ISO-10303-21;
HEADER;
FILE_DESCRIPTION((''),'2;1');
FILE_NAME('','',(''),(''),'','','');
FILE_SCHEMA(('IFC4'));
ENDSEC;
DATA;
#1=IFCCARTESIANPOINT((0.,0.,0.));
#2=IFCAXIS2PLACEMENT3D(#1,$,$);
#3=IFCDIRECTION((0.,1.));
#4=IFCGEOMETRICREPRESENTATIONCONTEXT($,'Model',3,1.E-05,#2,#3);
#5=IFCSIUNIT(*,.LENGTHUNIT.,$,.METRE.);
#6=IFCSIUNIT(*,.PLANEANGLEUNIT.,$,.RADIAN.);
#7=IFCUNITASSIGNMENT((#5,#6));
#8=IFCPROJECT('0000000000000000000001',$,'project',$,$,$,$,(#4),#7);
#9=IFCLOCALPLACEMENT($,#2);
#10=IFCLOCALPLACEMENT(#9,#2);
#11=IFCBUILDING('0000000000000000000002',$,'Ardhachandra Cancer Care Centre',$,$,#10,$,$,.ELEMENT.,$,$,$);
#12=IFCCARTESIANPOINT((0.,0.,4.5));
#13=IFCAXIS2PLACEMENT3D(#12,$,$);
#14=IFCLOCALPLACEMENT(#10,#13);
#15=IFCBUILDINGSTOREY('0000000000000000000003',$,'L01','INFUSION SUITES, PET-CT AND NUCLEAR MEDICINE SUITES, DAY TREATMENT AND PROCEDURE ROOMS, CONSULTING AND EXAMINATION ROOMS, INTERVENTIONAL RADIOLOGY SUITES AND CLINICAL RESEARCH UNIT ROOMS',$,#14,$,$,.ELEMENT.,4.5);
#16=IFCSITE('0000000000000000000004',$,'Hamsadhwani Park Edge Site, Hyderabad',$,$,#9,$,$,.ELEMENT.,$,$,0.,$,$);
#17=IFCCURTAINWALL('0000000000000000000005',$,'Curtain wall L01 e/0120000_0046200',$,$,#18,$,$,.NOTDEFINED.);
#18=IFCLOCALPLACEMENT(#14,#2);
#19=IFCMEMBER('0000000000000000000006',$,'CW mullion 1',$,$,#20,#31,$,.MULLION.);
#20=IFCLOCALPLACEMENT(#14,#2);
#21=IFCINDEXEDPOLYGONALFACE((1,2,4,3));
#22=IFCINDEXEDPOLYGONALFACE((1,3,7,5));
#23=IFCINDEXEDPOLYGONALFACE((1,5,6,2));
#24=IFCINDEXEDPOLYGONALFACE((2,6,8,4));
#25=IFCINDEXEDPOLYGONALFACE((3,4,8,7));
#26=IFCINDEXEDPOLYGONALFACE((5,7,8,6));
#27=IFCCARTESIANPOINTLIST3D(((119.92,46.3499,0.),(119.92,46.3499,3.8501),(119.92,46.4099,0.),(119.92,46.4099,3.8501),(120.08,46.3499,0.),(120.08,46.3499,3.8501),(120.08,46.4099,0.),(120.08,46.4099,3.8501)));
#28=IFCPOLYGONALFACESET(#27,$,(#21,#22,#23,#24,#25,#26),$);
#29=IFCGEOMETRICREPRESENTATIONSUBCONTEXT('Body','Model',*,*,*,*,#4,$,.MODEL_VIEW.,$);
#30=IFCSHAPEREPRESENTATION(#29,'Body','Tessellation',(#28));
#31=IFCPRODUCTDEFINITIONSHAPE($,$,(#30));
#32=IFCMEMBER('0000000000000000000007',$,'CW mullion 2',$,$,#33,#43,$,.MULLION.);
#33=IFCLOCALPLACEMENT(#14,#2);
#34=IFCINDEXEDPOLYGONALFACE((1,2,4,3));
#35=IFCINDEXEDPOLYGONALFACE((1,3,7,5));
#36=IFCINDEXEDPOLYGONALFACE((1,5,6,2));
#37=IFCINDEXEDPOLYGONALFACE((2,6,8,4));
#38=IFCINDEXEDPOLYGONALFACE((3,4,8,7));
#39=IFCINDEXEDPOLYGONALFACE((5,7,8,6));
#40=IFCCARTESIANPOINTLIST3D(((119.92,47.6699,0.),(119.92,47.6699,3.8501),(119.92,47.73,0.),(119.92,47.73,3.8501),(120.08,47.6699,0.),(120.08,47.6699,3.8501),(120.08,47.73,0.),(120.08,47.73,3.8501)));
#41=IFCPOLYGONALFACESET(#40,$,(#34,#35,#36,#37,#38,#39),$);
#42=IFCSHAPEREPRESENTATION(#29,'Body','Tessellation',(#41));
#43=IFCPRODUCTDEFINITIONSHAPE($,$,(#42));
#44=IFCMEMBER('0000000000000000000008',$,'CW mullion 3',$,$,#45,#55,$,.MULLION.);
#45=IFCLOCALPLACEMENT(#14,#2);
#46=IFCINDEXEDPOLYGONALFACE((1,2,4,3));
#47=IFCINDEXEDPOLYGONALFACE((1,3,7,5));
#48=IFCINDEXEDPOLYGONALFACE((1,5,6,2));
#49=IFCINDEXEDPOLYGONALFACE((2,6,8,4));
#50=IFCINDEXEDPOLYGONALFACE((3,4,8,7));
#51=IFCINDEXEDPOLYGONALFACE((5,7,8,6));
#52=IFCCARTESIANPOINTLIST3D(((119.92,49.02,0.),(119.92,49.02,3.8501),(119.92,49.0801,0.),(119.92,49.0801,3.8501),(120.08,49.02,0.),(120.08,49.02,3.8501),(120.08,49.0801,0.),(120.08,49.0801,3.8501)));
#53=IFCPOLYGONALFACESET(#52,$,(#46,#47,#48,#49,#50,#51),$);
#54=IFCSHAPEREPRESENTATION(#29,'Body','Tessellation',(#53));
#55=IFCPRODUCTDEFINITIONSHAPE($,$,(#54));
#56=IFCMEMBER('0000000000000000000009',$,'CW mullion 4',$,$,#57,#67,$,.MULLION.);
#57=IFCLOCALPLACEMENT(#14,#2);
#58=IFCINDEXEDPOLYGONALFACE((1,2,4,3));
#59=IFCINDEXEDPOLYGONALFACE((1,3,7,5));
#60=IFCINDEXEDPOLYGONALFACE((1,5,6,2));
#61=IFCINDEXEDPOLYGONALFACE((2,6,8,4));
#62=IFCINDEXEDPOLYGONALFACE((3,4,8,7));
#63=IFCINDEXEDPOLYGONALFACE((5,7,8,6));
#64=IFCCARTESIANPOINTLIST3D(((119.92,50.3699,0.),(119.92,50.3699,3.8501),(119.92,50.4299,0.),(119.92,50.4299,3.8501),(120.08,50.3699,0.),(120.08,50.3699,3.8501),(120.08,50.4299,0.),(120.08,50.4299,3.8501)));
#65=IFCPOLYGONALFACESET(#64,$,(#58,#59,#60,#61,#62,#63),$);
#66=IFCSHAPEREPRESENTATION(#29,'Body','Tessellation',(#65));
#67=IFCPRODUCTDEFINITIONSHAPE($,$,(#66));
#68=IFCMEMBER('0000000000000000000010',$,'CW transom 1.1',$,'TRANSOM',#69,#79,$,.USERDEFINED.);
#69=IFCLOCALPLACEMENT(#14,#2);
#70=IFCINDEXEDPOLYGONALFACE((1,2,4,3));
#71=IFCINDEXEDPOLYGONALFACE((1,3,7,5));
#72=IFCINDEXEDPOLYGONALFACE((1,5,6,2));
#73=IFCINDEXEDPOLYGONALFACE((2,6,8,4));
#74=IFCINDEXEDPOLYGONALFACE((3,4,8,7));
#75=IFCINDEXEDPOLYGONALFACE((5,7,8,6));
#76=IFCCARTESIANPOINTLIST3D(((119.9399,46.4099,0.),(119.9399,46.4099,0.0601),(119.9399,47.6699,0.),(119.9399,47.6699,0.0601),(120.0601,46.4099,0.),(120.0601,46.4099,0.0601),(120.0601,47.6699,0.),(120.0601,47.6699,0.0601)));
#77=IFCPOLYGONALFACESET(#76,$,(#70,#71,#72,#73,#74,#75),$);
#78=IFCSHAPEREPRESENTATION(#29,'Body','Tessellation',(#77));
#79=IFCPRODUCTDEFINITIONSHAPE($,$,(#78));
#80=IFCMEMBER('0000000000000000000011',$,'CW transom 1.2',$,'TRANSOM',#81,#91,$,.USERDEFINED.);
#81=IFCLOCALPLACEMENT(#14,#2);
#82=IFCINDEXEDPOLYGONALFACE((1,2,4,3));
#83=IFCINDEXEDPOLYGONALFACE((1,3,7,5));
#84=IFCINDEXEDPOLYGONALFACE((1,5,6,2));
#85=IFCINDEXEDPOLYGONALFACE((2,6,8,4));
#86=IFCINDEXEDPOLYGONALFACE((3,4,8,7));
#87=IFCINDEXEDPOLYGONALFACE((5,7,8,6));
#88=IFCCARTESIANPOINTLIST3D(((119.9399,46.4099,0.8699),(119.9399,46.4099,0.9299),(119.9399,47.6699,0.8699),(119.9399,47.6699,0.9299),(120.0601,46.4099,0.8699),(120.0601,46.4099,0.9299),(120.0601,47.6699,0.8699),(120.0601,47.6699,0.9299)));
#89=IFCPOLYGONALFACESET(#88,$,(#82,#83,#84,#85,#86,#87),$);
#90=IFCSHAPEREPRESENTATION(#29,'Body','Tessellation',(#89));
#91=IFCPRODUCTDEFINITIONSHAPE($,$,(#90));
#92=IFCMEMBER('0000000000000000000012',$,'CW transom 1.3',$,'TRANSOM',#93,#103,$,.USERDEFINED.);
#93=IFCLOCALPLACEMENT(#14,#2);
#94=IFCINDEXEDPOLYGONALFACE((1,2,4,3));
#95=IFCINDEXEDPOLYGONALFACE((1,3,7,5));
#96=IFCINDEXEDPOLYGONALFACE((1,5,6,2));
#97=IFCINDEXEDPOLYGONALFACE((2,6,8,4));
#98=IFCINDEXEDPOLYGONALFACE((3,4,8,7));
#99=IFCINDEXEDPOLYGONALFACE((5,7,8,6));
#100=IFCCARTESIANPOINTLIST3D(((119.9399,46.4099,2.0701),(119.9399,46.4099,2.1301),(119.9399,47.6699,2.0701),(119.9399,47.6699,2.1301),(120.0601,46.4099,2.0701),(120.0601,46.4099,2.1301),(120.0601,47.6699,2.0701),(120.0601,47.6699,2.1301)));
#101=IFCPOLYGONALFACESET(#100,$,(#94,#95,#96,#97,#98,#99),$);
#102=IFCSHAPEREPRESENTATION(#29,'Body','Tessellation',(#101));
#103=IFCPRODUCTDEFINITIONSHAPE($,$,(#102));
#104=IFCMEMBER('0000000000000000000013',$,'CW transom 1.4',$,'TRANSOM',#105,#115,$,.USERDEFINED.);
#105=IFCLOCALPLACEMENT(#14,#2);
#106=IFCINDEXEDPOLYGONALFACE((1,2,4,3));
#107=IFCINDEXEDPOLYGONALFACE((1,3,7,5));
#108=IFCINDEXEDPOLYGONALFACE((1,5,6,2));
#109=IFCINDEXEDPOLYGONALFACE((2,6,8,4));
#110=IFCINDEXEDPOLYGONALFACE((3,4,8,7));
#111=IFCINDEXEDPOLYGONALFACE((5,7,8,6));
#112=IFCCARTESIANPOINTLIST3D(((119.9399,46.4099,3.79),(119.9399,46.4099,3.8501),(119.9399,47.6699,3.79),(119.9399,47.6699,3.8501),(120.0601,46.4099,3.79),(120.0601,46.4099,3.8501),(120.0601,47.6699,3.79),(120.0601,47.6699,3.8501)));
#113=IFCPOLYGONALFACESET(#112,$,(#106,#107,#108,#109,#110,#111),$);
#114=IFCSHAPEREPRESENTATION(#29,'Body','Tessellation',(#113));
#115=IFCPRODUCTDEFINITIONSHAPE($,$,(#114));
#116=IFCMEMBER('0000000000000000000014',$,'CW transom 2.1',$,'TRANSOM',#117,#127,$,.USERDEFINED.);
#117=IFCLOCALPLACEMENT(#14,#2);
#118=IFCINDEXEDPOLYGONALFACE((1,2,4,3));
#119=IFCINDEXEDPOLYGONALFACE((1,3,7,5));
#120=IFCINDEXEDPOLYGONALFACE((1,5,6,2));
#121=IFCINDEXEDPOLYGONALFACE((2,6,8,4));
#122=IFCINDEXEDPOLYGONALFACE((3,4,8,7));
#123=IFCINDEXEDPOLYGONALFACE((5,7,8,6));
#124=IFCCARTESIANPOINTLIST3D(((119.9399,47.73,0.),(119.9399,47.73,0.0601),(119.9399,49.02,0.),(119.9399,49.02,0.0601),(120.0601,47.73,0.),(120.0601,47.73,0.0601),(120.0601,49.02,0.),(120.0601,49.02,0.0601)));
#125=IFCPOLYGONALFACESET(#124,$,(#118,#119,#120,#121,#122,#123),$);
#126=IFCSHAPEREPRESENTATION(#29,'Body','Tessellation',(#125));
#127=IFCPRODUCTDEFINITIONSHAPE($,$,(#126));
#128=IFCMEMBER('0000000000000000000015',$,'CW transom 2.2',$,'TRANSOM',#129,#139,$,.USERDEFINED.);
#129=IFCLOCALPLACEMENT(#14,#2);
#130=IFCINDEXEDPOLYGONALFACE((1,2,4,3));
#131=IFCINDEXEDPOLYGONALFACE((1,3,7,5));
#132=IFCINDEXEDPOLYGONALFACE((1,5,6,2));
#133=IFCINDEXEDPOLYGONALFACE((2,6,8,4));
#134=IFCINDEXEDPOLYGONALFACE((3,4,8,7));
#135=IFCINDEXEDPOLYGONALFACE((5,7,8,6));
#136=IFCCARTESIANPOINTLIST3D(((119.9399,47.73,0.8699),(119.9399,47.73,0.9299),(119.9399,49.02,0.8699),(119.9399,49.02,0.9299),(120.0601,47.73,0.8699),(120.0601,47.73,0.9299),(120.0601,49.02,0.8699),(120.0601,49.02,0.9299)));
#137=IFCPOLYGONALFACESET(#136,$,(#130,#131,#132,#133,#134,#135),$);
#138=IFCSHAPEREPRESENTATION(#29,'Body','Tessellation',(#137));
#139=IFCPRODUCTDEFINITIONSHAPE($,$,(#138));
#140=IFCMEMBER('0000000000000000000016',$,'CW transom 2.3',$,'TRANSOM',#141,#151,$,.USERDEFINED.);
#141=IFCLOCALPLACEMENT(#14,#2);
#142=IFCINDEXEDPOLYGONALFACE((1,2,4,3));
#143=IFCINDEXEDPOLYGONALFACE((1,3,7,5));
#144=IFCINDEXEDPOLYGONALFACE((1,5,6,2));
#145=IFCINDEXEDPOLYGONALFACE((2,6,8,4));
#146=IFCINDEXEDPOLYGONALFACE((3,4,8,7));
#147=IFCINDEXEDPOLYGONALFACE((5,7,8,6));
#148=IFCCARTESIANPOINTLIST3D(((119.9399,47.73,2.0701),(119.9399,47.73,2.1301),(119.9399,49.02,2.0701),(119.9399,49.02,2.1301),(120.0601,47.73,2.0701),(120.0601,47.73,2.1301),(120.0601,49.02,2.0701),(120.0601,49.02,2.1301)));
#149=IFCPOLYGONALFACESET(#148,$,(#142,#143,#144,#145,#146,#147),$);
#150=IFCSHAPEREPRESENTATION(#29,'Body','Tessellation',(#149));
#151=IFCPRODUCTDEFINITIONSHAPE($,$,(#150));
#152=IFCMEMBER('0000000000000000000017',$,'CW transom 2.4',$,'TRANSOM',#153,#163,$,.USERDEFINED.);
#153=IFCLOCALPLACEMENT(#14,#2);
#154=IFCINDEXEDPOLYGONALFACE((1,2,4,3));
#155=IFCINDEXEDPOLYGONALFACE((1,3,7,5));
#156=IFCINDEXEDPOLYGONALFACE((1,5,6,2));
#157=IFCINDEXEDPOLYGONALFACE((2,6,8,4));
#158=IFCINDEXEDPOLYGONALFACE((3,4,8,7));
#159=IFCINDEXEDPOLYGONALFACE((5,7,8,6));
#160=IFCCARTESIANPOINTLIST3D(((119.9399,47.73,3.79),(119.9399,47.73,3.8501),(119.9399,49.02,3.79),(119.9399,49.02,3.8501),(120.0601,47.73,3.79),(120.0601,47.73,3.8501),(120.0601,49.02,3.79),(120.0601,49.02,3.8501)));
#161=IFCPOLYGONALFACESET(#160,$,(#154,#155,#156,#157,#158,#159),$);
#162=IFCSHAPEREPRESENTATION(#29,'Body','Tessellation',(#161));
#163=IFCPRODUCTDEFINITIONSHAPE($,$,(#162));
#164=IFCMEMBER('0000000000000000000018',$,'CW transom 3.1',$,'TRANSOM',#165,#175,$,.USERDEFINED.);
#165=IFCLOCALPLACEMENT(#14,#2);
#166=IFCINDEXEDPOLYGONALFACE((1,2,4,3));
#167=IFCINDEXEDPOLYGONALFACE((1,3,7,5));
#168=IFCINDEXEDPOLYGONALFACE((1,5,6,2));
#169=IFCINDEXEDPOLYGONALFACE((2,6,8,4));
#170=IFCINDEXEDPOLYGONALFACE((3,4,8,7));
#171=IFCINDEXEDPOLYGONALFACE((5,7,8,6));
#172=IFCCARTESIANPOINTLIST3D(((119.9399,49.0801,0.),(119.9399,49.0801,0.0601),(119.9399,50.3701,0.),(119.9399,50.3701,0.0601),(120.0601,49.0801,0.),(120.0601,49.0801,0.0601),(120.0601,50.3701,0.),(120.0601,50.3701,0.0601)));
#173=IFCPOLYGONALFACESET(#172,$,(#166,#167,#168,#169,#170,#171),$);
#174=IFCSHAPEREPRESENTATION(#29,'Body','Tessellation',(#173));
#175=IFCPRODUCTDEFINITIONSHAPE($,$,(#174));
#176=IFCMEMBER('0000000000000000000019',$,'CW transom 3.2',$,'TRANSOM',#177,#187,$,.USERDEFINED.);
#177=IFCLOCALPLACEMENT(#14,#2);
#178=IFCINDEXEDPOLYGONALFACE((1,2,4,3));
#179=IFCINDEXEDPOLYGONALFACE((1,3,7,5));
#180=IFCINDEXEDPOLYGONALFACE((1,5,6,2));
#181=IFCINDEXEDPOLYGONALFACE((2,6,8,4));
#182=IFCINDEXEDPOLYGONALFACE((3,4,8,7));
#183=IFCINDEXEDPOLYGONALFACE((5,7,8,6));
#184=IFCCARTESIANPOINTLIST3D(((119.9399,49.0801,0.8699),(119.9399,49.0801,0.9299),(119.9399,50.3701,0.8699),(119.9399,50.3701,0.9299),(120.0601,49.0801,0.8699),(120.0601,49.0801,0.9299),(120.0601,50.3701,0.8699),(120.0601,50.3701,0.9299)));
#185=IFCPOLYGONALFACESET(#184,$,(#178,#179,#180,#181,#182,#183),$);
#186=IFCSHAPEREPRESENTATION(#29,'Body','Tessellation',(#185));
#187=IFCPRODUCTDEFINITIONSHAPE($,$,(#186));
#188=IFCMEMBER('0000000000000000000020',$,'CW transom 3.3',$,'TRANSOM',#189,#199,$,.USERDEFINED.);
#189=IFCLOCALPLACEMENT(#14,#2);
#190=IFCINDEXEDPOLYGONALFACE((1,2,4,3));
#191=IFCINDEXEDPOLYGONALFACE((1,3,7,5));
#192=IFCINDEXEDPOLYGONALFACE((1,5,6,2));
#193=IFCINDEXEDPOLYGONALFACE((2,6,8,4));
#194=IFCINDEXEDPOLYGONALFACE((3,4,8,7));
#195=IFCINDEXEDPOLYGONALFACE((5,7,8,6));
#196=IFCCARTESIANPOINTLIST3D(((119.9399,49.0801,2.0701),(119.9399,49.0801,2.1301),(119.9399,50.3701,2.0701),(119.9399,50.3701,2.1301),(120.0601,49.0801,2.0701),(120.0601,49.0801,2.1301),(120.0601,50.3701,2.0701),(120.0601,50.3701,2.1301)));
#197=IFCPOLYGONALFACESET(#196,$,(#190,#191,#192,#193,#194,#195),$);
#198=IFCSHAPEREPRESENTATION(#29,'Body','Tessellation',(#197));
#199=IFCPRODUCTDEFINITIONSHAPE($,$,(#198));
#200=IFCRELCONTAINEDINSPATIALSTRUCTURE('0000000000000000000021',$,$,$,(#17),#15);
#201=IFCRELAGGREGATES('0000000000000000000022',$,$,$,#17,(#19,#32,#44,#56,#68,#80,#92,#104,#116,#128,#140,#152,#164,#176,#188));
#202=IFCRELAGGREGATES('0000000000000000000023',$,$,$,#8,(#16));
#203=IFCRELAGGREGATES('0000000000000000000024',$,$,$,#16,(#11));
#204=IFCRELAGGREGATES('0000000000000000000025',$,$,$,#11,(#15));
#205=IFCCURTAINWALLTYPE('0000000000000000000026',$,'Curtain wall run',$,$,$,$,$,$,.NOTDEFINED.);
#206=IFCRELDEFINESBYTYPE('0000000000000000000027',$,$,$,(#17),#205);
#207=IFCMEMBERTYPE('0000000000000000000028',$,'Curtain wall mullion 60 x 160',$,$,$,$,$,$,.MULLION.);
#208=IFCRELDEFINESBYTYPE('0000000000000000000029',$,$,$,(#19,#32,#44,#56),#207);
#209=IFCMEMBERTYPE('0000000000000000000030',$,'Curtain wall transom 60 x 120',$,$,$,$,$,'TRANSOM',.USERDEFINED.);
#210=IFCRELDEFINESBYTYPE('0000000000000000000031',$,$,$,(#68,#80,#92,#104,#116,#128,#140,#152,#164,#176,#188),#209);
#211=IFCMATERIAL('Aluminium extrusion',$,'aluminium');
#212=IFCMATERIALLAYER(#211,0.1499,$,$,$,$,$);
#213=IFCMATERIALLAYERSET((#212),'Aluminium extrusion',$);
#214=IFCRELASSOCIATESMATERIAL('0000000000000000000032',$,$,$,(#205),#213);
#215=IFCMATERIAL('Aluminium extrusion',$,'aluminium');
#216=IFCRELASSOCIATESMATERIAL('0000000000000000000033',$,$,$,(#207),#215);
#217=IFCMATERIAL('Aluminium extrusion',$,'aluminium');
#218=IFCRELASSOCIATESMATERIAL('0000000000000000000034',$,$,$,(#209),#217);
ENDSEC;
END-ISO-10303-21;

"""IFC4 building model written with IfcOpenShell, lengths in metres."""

from ifc_helpers import new_model, si_unit, direction, frame, origin, origin_2d, place, context, subcontext, project, spatial, rectangle, extrude, material, layer, layer_set, material_profile, profile_set, type_object, element, aggregate, save


model = new_model("IFC4")

# Units and contexts
model_context = context("Model", 3, precision=1e-05, world=origin(), true_north=direction((0.0, 1.0)))
body_context = subcontext(model_context, "Body", "Model", "MODEL_VIEW")
ifc_project = project(units=[si_unit("LENGTHUNIT", "METRE"), si_unit("PLANEANGLEUNIT", "RADIAN")], contexts=[model_context])

# Site, building, storey
site_placement = place(None, origin())
site = spatial("IfcSite", under=ifc_project, at=site_placement, Name="Hamsadhwani Park Edge Site, Hyderabad", CompositionType="ELEMENT", RefElevation=0.0)
building_placement = place(site_placement, origin())
building = spatial("IfcBuilding", under=site, at=building_placement, Name="Ardhachandra Cancer Care Centre", CompositionType="ELEMENT")
storey_placement = place(building_placement, frame((0.0, 0.0, 4.5)))
storey = spatial("IfcBuildingStorey", under=building, at=storey_placement, Name="L01", Description="INFUSION SUITES, PET-CT AND NUCLEAR MEDICINE SUITES, DAY TREATMENT AND PROCEDURE ROOMS, CONSULTING AND EXAMINATION ROOMS, INTERVENTIONAL RADIOLOGY SUITES AND CLINICAL RESEARCH UNIT ROOMS", CompositionType="ELEMENT", Elevation=4.5)

# Curtain wall, members
ifc_material_1 = material(Name="Aluminium extrusion", Category="aluminium")
ifc_layer_1 = layer(ifc_material_1, 0.1499)
ifc_layer_set_1 = layer_set([ifc_layer_1], Name="Aluminium extrusion")
curtain_wall_type = type_object("IfcCurtainWallType", Name="Curtain wall run", PredefinedType="NOTDEFINED", material=ifc_layer_set_1)
curtain_wall_placement = place(storey_placement, origin())
curtain_wall = element("IfcCurtainWall", 1, at=curtain_wall_placement, inside=storey, type_object=curtain_wall_type, Name="Curtain wall L01 e/0120000_0046200", PredefinedType="NOTDEFINED")
ifc_material_2 = material(Name="Aluminium extrusion", Category="aluminium")
ifc_material_profile_1 = material_profile(ifc_material_2, rectangle(XDim=0.1599, YDim=0.0601, at=origin_2d()), Name="Curtain wall mullion 60 x 160")
ifc_profile_set_1 = profile_set([ifc_material_profile_1], Name="Aluminium extrusion")
member_type_1 = type_object("IfcMemberType", Name="Curtain wall mullion 60 x 160", PredefinedType="MULLION", material=ifc_profile_set_1)
member_1_placement = place(storey_placement, frame((120.0, 46.3799, 0.0), z_axis=(0.0, 0.0, 1.0), x_axis=(-1.0, 0.0, 0.0)))
member_1 = element("IfcMember", 2, at=member_1_placement, type_object=member_type_1, Name="CW mullion 1", PredefinedType="MULLION", context=body_context, shape_type="SweptSolid", body=[
    extrude(rectangle(XDim=0.1599, YDim=0.0601, at=origin_2d()), origin(), (0.0, 0.0, 1.0), 3.8501),
])
member_2_placement = place(storey_placement, frame((120.0, 47.7, 0.0), z_axis=(0.0, 0.0, 1.0), x_axis=(-1.0, 0.0, 0.0)))
member_2 = element("IfcMember", 3, at=member_2_placement, type_object=member_type_1, Name="CW mullion 2", PredefinedType="MULLION", context=body_context, shape_type="SweptSolid", body=[
    extrude(rectangle(XDim=0.1599, YDim=0.0601, at=origin_2d()), origin(), (0.0, 0.0, 1.0), 3.8501),
])
member_3_placement = place(storey_placement, frame((120.0, 49.05, 0.0), z_axis=(0.0, 0.0, 1.0), x_axis=(-1.0, 0.0, 0.0)))
member_3 = element("IfcMember", 4, at=member_3_placement, type_object=member_type_1, Name="CW mullion 3", PredefinedType="MULLION", context=body_context, shape_type="SweptSolid", body=[
    extrude(rectangle(XDim=0.1599, YDim=0.0601, at=origin_2d()), origin(), (0.0, 0.0, 1.0), 3.8501),
])
member_4_placement = place(storey_placement, frame((120.0, 50.3999, 0.0), z_axis=(0.0, 0.0, 1.0), x_axis=(-1.0, 0.0, 0.0)))
member_4 = element("IfcMember", 5, at=member_4_placement, type_object=member_type_1, Name="CW mullion 4", PredefinedType="MULLION", context=body_context, shape_type="SweptSolid", body=[
    extrude(rectangle(XDim=0.1599, YDim=0.0601, at=origin_2d()), origin(), (0.0, 0.0, 1.0), 3.8501),
])
ifc_material_3 = material(Name="Aluminium extrusion", Category="aluminium")
ifc_material_profile_2 = material_profile(ifc_material_3, rectangle(XDim=0.1201, YDim=0.0601, at=origin_2d()), Name="Curtain wall transom 60 x 120")
ifc_profile_set_2 = profile_set([ifc_material_profile_2], Name="Aluminium extrusion")
member_type_2 = type_object("IfcMemberType", Name="Curtain wall transom 60 x 120", ElementType="TRANSOM", PredefinedType="USERDEFINED", material=ifc_profile_set_2)
member_5_placement = place(storey_placement, frame((120.0, 46.4099, 0.03), z_axis=(0.0, 1.0, 0.0), x_axis=(-1.0, 0.0, 0.0)))
member_5 = element("IfcMember", 6, at=member_5_placement, type_object=member_type_2, Name="CW transom 1.1", ObjectType="TRANSOM", PredefinedType="USERDEFINED", context=body_context, shape_type="SweptSolid", body=[
    extrude(rectangle(XDim=0.1201, YDim=0.0601, at=origin_2d()), origin(), (0.0, 0.0, 1.0), 1.26),
])
member_6_placement = place(storey_placement, frame((120.0, 46.4099, 0.8999), z_axis=(0.0, 1.0, 0.0), x_axis=(-1.0, 0.0, 0.0)))
member_6 = element("IfcMember", 7, at=member_6_placement, type_object=member_type_2, Name="CW transom 1.2", ObjectType="TRANSOM", PredefinedType="USERDEFINED", context=body_context, shape_type="SweptSolid", body=[
    extrude(rectangle(XDim=0.1201, YDim=0.0601, at=origin_2d()), origin(), (0.0, 0.0, 1.0), 1.26),
])
member_7_placement = place(storey_placement, frame((120.0, 46.4099, 2.1001), z_axis=(0.0, 1.0, 0.0), x_axis=(-1.0, 0.0, 0.0)))
member_7 = element("IfcMember", 8, at=member_7_placement, type_object=member_type_2, Name="CW transom 1.3", ObjectType="TRANSOM", PredefinedType="USERDEFINED", context=body_context, shape_type="SweptSolid", body=[
    extrude(rectangle(XDim=0.1201, YDim=0.0601, at=origin_2d()), origin(), (0.0, 0.0, 1.0), 1.26),
])
member_8_placement = place(storey_placement, frame((120.0, 46.4099, 3.8201), z_axis=(0.0, 1.0, 0.0), x_axis=(-1.0, 0.0, 0.0)))
member_8 = element("IfcMember", 9, at=member_8_placement, type_object=member_type_2, Name="CW transom 1.4", ObjectType="TRANSOM", PredefinedType="USERDEFINED", context=body_context, shape_type="SweptSolid", body=[
    extrude(rectangle(XDim=0.1201, YDim=0.0601, at=origin_2d()), origin(), (0.0, 0.0, 1.0), 1.26),
])
member_9_placement = place(storey_placement, frame((120.0, 47.73, 0.03), z_axis=(0.0, 1.0, 0.0), x_axis=(-1.0, 0.0, 0.0)))
member_9 = element("IfcMember", 10, at=member_9_placement, type_object=member_type_2, Name="CW transom 2.1", ObjectType="TRANSOM", PredefinedType="USERDEFINED", context=body_context, shape_type="SweptSolid", body=[
    extrude(rectangle(XDim=0.1201, YDim=0.0601, at=origin_2d()), origin(), (0.0, 0.0, 1.0), 1.29),
])
member_10_placement = place(storey_placement, frame((120.0, 47.73, 0.8999), z_axis=(0.0, 1.0, 0.0), x_axis=(-1.0, 0.0, 0.0)))
member_10 = element("IfcMember", 11, at=member_10_placement, type_object=member_type_2, Name="CW transom 2.2", ObjectType="TRANSOM", PredefinedType="USERDEFINED", context=body_context, shape_type="SweptSolid", body=[
    extrude(rectangle(XDim=0.1201, YDim=0.0601, at=origin_2d()), origin(), (0.0, 0.0, 1.0), 1.29),
])
member_11_placement = place(storey_placement, frame((120.0, 47.73, 2.1001), z_axis=(0.0, 1.0, 0.0), x_axis=(-1.0, 0.0, 0.0)))
member_11 = element("IfcMember", 12, at=member_11_placement, type_object=member_type_2, Name="CW transom 2.3", ObjectType="TRANSOM", PredefinedType="USERDEFINED", context=body_context, shape_type="SweptSolid", body=[
    extrude(rectangle(XDim=0.1201, YDim=0.0601, at=origin_2d()), origin(), (0.0, 0.0, 1.0), 1.29),
])
member_12_placement = place(storey_placement, frame((120.0, 47.73, 3.8201), z_axis=(0.0, 1.0, 0.0), x_axis=(-1.0, 0.0, 0.0)))
member_12 = element("IfcMember", 13, at=member_12_placement, type_object=member_type_2, Name="CW transom 2.4", ObjectType="TRANSOM", PredefinedType="USERDEFINED", context=body_context, shape_type="SweptSolid", body=[
    extrude(rectangle(XDim=0.1201, YDim=0.0601, at=origin_2d()), origin(), (0.0, 0.0, 1.0), 1.29),
])
member_13_placement = place(storey_placement, frame((120.0, 49.0801, 0.03), z_axis=(0.0, 1.0, 0.0), x_axis=(-1.0, 0.0, 0.0)))
member_13 = element("IfcMember", 14, at=member_13_placement, type_object=member_type_2, Name="CW transom 3.1", ObjectType="TRANSOM", PredefinedType="USERDEFINED", context=body_context, shape_type="SweptSolid", body=[
    extrude(rectangle(XDim=0.1201, YDim=0.0601, at=origin_2d()), origin(), (0.0, 0.0, 1.0), 1.29),
])
member_14_placement = place(storey_placement, frame((120.0, 49.0801, 0.8999), z_axis=(0.0, 1.0, 0.0), x_axis=(-1.0, 0.0, 0.0)))
member_14 = element("IfcMember", 15, at=member_14_placement, type_object=member_type_2, Name="CW transom 3.2", ObjectType="TRANSOM", PredefinedType="USERDEFINED", context=body_context, shape_type="SweptSolid", body=[
    extrude(rectangle(XDim=0.1201, YDim=0.0601, at=origin_2d()), origin(), (0.0, 0.0, 1.0), 1.29),
])
member_15_placement = place(storey_placement, frame((120.0, 49.0801, 2.1001), z_axis=(0.0, 1.0, 0.0), x_axis=(-1.0, 0.0, 0.0)))
member_15 = element("IfcMember", 16, at=member_15_placement, type_object=member_type_2, Name="CW transom 3.3", ObjectType="TRANSOM", PredefinedType="USERDEFINED", context=body_context, shape_type="SweptSolid", body=[
    extrude(rectangle(XDim=0.1201, YDim=0.0601, at=origin_2d()), origin(), (0.0, 0.0, 1.0), 1.29),
])
aggregate(curtain_wall, [member_1, member_2, member_3, member_4, member_5, member_6, member_7, member_8, member_9, member_10, member_11, member_12, member_13, member_14, member_15])

save(model, "model.ifc")
